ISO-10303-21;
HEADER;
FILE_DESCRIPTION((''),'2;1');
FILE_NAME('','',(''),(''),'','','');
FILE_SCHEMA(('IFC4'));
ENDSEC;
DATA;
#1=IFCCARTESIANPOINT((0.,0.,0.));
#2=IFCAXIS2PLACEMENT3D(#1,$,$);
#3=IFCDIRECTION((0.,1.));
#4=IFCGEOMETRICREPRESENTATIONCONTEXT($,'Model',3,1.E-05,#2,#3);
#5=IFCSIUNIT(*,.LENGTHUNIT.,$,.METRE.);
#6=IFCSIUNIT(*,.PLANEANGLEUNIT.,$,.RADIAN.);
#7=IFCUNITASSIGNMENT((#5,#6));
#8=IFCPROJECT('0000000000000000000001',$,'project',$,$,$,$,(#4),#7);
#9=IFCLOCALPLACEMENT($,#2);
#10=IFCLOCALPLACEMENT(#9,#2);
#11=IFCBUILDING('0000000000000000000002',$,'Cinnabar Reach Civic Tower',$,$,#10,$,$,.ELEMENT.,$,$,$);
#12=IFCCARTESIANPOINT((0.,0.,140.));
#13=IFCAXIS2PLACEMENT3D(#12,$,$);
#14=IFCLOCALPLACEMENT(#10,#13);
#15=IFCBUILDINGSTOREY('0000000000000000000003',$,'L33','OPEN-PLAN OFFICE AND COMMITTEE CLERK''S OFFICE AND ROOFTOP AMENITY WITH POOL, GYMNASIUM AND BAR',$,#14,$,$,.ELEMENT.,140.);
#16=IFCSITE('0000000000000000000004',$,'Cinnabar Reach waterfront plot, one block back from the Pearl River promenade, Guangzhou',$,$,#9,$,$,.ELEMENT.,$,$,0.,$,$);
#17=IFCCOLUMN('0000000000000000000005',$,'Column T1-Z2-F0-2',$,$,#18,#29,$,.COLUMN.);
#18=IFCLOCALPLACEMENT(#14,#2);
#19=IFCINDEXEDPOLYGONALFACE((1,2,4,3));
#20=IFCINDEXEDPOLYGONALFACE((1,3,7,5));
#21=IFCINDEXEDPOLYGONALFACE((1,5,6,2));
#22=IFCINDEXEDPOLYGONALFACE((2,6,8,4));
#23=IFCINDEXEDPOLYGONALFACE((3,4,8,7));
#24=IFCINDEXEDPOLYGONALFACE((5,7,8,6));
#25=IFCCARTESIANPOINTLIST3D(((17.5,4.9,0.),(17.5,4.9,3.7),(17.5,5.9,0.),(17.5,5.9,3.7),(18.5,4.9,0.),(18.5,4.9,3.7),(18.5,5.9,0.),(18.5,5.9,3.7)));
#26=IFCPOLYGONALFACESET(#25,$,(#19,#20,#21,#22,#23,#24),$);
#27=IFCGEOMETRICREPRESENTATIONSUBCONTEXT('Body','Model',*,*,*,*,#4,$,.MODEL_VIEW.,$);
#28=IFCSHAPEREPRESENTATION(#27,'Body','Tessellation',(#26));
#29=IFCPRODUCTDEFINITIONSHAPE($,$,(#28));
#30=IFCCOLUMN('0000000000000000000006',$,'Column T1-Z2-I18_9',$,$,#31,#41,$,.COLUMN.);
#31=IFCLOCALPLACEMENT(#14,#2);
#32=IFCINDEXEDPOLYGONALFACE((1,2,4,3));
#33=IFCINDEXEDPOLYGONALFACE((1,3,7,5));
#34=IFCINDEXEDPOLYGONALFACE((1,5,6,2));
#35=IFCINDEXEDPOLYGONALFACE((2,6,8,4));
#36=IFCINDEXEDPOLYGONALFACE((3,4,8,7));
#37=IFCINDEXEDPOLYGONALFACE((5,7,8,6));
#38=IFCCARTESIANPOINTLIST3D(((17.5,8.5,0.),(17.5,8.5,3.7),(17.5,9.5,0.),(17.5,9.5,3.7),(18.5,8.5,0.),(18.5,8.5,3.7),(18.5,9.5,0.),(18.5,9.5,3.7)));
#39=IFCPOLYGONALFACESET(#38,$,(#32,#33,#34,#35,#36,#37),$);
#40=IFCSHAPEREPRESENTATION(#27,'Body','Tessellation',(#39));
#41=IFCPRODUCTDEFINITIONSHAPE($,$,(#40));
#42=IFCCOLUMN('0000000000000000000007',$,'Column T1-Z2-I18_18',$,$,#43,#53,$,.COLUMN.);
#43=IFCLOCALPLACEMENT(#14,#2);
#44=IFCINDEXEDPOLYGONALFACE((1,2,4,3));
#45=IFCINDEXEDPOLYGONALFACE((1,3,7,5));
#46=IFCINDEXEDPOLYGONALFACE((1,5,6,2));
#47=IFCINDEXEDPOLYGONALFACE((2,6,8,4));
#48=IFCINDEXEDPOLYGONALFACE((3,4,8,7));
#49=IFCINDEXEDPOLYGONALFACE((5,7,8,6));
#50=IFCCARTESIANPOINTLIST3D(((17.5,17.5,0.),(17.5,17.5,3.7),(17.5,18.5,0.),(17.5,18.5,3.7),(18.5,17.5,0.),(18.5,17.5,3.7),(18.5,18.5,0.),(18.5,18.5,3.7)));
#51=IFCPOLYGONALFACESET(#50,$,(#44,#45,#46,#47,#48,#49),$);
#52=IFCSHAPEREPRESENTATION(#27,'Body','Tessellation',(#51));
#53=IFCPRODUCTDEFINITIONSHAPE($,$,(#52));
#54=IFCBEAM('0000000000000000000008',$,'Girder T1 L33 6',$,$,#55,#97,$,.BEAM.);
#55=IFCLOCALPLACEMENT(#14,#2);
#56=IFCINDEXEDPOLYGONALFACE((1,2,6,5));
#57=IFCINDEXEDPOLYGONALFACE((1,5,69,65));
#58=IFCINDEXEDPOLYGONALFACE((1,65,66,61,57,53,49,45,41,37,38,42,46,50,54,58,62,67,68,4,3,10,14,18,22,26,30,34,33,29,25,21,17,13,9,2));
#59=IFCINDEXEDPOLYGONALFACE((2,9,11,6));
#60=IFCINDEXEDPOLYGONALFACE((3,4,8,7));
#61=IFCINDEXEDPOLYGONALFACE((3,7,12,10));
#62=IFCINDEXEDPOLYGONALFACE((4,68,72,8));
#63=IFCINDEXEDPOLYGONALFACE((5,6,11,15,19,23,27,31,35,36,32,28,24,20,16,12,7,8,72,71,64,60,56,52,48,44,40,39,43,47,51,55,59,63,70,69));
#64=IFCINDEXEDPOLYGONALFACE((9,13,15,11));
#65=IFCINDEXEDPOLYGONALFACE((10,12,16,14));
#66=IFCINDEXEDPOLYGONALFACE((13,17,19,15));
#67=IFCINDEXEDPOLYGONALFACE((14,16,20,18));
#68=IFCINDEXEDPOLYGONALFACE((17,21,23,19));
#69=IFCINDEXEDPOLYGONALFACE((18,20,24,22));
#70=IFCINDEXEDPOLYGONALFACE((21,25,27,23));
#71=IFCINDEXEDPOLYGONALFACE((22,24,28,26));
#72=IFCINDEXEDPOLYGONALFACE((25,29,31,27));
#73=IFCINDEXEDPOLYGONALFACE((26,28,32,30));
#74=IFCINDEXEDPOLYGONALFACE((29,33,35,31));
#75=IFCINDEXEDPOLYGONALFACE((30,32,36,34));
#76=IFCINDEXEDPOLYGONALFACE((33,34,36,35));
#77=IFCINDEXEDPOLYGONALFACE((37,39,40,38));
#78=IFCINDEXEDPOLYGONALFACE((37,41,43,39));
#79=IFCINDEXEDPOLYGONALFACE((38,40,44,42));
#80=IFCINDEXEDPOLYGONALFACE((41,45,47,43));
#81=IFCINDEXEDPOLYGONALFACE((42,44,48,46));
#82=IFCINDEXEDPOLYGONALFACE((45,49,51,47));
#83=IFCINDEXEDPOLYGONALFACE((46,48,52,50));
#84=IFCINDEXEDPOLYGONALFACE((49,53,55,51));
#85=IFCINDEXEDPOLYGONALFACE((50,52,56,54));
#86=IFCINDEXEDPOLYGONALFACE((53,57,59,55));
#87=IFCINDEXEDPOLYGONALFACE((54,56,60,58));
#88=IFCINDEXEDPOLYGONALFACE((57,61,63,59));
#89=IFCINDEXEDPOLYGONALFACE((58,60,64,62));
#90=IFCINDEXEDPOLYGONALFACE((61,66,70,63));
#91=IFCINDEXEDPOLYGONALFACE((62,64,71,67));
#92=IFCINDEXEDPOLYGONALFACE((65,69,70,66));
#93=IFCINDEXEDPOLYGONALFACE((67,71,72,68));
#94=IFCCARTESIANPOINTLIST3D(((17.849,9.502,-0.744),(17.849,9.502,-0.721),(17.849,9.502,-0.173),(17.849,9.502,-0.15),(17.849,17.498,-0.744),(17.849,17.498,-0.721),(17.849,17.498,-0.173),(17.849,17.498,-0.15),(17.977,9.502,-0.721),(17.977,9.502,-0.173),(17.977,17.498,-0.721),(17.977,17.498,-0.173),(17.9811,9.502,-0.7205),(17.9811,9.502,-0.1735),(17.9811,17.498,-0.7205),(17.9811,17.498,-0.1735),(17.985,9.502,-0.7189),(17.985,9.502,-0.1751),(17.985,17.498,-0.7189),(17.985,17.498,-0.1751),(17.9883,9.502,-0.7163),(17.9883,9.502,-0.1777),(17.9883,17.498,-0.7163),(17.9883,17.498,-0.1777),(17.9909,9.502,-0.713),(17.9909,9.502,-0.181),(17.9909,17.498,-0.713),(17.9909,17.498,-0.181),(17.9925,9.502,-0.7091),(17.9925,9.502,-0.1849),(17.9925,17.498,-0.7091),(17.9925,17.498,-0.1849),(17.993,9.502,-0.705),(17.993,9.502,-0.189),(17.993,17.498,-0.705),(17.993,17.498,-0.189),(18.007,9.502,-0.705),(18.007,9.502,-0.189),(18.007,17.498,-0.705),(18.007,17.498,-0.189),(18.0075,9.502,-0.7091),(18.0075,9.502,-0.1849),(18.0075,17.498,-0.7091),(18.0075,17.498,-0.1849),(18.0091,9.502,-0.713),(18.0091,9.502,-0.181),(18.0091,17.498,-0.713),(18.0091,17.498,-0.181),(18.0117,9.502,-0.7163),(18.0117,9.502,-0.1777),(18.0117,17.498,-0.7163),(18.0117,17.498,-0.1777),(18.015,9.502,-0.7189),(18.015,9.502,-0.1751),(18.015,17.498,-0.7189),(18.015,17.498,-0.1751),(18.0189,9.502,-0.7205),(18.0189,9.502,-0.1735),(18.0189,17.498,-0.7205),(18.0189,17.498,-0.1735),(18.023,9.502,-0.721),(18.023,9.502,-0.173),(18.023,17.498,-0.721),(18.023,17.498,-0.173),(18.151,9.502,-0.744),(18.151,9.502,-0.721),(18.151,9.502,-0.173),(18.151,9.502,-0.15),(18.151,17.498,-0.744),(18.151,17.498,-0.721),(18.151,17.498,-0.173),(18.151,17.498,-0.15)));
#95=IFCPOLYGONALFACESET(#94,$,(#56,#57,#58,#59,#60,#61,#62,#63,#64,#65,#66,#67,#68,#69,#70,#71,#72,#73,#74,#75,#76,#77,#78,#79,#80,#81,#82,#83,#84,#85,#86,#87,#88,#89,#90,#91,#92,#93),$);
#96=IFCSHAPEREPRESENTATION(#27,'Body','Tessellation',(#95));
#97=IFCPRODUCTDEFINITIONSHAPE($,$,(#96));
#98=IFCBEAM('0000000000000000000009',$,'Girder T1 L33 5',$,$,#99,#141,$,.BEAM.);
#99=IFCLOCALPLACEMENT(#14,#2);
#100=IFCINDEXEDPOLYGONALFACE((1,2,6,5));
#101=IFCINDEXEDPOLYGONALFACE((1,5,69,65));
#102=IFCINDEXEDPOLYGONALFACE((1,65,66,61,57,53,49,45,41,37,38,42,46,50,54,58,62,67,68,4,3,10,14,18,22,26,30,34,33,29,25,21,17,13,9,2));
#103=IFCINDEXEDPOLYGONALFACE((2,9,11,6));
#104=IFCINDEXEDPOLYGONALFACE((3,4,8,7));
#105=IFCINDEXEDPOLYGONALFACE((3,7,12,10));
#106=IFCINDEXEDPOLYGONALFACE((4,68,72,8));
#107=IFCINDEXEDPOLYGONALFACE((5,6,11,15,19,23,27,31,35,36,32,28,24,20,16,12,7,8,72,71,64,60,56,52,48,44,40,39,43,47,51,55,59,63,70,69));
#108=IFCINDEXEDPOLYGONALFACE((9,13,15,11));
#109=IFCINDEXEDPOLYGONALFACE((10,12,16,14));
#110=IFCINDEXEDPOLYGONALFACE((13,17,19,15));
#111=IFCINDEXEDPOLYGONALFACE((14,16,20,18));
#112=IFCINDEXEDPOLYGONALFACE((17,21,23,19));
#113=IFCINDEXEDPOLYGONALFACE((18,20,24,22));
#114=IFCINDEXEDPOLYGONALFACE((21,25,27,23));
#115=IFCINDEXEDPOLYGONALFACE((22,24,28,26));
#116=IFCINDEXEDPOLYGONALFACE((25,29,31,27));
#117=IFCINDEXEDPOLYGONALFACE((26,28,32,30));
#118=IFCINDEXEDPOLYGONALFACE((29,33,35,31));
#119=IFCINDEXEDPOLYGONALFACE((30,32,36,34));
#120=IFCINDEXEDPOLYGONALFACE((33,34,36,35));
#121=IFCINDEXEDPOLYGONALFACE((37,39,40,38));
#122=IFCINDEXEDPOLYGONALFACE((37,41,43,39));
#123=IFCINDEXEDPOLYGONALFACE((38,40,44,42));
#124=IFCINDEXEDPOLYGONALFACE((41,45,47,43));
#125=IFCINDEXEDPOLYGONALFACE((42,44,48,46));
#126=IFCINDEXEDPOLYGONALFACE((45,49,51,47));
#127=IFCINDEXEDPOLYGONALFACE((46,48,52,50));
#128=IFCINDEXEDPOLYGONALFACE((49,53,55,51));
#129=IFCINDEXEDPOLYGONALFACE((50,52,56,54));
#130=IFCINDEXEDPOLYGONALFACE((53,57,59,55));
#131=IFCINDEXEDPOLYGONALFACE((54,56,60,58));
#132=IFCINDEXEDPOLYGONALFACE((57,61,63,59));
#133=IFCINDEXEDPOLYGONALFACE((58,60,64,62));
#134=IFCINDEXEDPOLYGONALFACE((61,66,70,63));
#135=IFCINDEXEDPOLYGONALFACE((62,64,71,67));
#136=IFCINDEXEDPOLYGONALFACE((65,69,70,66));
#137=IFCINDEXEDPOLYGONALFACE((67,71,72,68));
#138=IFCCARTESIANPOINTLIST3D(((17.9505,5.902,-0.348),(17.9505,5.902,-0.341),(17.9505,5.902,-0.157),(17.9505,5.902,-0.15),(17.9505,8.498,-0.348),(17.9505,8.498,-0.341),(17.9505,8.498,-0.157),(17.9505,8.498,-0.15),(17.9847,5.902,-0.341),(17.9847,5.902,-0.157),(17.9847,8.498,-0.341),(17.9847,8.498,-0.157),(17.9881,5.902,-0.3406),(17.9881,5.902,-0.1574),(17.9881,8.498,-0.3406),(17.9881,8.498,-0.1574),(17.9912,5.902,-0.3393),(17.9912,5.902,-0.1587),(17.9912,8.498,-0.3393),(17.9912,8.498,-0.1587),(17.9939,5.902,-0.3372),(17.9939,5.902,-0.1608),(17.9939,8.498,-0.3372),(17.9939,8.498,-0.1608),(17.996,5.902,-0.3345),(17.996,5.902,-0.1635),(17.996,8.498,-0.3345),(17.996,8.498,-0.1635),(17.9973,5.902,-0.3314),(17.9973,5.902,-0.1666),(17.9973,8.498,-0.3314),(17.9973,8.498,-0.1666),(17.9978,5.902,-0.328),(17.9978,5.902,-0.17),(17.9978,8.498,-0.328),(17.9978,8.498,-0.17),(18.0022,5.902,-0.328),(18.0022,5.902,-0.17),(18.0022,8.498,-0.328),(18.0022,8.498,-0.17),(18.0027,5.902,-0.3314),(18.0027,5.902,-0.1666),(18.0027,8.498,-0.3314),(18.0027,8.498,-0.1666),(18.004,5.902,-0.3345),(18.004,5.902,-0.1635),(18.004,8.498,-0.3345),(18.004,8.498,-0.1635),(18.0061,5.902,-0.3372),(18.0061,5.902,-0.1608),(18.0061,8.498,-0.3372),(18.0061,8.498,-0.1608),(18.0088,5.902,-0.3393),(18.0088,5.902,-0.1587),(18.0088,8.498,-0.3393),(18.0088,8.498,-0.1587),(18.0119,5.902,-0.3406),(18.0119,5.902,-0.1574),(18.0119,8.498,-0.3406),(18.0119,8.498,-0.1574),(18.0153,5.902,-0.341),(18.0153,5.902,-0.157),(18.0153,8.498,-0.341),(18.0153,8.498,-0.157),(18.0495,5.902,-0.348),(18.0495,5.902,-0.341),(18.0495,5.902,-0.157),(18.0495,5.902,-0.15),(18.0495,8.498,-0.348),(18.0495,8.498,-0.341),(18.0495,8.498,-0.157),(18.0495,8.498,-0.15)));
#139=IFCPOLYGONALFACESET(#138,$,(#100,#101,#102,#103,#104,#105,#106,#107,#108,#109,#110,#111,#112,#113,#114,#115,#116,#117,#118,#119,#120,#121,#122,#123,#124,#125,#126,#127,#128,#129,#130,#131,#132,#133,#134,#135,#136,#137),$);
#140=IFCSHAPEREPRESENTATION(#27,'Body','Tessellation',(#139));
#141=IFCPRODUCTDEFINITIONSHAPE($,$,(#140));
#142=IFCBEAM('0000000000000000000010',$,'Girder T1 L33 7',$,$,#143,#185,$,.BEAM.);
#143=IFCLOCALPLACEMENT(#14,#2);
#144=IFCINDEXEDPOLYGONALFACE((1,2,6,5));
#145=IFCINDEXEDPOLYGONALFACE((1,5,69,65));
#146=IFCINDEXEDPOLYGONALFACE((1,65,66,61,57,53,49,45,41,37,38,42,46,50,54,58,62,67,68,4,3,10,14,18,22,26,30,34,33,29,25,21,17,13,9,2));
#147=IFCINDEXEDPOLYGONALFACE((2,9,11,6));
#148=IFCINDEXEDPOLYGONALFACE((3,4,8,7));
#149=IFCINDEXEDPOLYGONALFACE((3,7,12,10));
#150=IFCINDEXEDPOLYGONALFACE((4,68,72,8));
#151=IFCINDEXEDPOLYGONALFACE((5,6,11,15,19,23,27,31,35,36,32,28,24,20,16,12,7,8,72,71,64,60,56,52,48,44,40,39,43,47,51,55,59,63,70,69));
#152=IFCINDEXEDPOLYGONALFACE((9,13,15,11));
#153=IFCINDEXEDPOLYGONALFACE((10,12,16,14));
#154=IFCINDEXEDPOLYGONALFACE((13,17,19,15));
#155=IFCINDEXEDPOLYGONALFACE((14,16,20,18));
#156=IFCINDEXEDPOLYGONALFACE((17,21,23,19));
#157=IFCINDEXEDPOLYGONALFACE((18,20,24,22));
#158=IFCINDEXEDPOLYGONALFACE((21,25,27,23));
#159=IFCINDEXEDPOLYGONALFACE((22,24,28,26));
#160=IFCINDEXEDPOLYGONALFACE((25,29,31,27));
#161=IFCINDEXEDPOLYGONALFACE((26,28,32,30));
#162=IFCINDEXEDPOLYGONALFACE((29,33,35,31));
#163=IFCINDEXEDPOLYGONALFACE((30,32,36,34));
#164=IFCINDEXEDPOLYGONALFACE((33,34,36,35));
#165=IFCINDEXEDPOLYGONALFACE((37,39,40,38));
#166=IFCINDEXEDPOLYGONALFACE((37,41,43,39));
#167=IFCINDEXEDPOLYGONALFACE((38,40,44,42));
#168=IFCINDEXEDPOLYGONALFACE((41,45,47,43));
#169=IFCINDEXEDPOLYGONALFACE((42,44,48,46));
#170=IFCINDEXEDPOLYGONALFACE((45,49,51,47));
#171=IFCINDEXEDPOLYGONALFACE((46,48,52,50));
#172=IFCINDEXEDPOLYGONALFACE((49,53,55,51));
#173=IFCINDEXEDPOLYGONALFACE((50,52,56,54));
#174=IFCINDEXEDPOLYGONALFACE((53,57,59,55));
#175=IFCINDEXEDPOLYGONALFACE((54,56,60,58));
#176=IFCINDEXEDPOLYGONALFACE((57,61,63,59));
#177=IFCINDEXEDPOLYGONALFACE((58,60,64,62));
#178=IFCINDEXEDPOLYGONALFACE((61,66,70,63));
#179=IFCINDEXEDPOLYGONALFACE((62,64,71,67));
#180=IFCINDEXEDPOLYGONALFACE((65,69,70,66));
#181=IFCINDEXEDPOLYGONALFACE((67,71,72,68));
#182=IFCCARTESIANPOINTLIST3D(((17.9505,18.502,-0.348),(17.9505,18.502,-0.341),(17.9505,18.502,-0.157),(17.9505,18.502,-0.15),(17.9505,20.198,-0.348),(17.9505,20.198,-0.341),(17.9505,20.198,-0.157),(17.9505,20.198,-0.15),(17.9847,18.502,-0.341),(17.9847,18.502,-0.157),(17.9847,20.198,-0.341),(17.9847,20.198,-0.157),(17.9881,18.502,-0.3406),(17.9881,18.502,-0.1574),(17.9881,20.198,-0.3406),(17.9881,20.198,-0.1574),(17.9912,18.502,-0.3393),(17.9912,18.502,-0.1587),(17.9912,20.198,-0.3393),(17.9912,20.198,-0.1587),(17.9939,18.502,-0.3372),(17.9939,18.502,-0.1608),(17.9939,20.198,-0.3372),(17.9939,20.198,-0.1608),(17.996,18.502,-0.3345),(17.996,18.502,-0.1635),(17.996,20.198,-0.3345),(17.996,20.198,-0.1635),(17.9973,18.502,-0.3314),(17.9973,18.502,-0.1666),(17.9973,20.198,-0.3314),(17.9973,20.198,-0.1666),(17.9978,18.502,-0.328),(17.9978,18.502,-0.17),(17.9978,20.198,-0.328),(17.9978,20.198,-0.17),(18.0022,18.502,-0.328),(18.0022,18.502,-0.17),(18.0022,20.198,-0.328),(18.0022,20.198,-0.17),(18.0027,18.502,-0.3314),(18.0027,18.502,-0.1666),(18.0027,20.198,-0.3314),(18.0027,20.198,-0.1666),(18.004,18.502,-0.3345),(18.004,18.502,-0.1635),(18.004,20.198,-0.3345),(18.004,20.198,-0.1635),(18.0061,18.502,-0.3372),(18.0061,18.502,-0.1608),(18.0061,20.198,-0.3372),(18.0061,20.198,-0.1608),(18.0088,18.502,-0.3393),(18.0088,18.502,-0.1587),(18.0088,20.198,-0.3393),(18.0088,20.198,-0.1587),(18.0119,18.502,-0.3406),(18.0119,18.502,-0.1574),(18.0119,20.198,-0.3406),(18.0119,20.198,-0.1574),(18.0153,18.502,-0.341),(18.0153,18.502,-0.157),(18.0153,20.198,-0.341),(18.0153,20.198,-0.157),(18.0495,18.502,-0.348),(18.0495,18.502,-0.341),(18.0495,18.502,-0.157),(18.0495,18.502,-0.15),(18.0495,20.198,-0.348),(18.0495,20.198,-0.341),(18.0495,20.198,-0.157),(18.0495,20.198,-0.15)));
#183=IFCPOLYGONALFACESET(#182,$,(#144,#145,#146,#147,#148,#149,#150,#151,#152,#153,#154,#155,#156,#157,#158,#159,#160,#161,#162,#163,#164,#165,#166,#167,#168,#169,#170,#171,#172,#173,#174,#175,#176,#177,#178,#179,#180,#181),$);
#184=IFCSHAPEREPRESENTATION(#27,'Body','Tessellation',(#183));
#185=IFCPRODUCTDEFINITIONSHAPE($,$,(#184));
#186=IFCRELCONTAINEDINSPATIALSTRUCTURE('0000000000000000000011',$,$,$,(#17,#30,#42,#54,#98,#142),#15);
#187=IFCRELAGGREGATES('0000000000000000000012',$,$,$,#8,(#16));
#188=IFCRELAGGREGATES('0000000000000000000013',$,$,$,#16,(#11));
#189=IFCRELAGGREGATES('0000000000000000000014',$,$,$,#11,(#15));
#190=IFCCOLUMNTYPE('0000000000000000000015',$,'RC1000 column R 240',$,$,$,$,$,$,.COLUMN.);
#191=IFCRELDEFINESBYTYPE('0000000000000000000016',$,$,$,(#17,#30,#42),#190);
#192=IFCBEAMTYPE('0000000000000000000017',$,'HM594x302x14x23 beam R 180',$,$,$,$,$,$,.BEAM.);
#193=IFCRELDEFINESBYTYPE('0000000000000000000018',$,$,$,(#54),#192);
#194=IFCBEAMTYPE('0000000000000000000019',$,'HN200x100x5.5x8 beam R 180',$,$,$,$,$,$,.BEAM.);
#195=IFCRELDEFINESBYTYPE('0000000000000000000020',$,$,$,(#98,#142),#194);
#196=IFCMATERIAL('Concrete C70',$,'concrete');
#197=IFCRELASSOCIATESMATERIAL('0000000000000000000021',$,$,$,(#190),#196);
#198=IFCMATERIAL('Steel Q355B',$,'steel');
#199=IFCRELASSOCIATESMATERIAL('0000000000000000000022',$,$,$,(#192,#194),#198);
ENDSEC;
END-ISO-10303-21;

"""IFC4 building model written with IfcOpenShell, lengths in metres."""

from ifc_helpers import new_model, si_unit, direction, frame, origin, origin_2d, place, context, subcontext, project, spatial, rectangle, i_section, extrude, material, material_profile, profile_set, type_object, element, save


model = new_model("IFC4")

# Units and contexts
model_context = context("Model", 3, precision=1e-05, world=origin(), true_north=direction((0.0, 1.0)))
body_context = subcontext(model_context, "Body", "Model", "MODEL_VIEW")
ifc_project = project(units=[si_unit("LENGTHUNIT", "METRE"), si_unit("PLANEANGLEUNIT", "RADIAN")], contexts=[model_context])

# Site, building, storey
site_placement = place(None, origin())
site = spatial("IfcSite", under=ifc_project, at=site_placement, Name="Cinnabar Reach waterfront plot, one block back from the Pearl River promenade, Guangzhou", CompositionType="ELEMENT", RefElevation=0.0)
building_placement = place(site_placement, origin())
building = spatial("IfcBuilding", under=site, at=building_placement, Name="Cinnabar Reach Civic Tower", CompositionType="ELEMENT")
storey_placement = place(building_placement, frame((0.0, 0.0, 140.0)))
storey = spatial("IfcBuildingStorey", under=building, at=storey_placement, Name="L33", Description="OPEN-PLAN OFFICE AND COMMITTEE CLERK'S OFFICE AND ROOFTOP AMENITY WITH POOL, GYMNASIUM AND BAR", CompositionType="ELEMENT", Elevation=140.0)

# Columns
ifc_material_1 = material(Name="Concrete C70", Category="concrete")
ifc_material_profile_1 = material_profile(ifc_material_1, rectangle(XDim=1.0, YDim=1.0, at=origin_2d()), Name="RC1000")
ifc_profile_set_1 = profile_set([ifc_material_profile_1], Name="Concrete C70")
column_type = type_object("IfcColumnType", Name="RC1000 column R 240", PredefinedType="COLUMN", material=ifc_profile_set_1)
for number, where, z_axis, x_axis, name in (
    (1, (18.0, 5.4, 0.0), (0.0, 0.0, 1.0), (1.0, 0.0, 0.0), "Column T1-Z2-F0-2"),
    (2, (18.0, 9.0, 0.0), (0.0, 0.0, 1.0), (1.0, 0.0, 0.0), "Column T1-Z2-I18_9"),
    (3, (18.0, 18.0, 0.0), (0.0, 0.0, 1.0), (1.0, 0.0, 0.0), "Column T1-Z2-I18_18"),
):
    element("IfcColumn", number, at=place(storey_placement, frame(where, z_axis=z_axis, x_axis=x_axis)), inside=storey, type_object=column_type, Name=name, PredefinedType="COLUMN", context=body_context, shape_type="SweptSolid", body=[
        extrude(rectangle(XDim=1.0, YDim=1.0, at=origin_2d()), origin(), (0.0, 0.0, 1.0), 3.7),
    ])

# Beams
ifc_material_2 = material(Name="Steel Q355B", Category="steel")
ifc_material_profile_2 = material_profile(ifc_material_2, i_section(OverallWidth=0.302, OverallDepth=0.594, WebThickness=0.014, FlangeThickness=0.023, FilletRadius=0.016, at=origin_2d()), Name="HM594x302x14x23")
ifc_profile_set_2 = profile_set([ifc_material_profile_2], Name="Steel Q355B")
beam_type_1 = type_object("IfcBeamType", Name="HM594x302x14x23 beam R 180", PredefinedType="BEAM", material=ifc_profile_set_2)
beam_1_placement = place(storey_placement, frame((18.0, 9.502, -0.447), z_axis=(0.0, 1.0, 0.0), x_axis=(-1.0, 0.0, 0.0)))
element("IfcBeam", 4, at=beam_1_placement, inside=storey, type_object=beam_type_1, Name="Girder T1 L33 6", PredefinedType="BEAM", context=body_context, shape_type="SweptSolid", body=[
    extrude(i_section(OverallWidth=0.302, OverallDepth=0.594, WebThickness=0.014, FlangeThickness=0.023, FilletRadius=0.016, at=origin_2d()), origin(), (0.0, 0.0, 1.0), 7.996),
])
ifc_material_profile_3 = material_profile(ifc_material_2, i_section(OverallWidth=0.099, OverallDepth=0.198, WebThickness=0.0045, FlangeThickness=0.007, FilletRadius=0.013, at=origin_2d()), Name="HN200x100x5.5x8")
ifc_profile_set_3 = profile_set([ifc_material_profile_3], Name="Steel Q355B")
beam_type_2 = type_object("IfcBeamType", Name="HN200x100x5.5x8 beam R 180", PredefinedType="BEAM", material=ifc_profile_set_3)
beam_2_placement = place(storey_placement, frame((18.0, 5.902, -0.249), z_axis=(0.0, 1.0, 0.0), x_axis=(-1.0, 0.0, 0.0)))
element("IfcBeam", 5, at=beam_2_placement, inside=storey, type_object=beam_type_2, Name="Girder T1 L33 5", PredefinedType="BEAM", context=body_context, shape_type="SweptSolid", body=[
    extrude(i_section(OverallWidth=0.099, OverallDepth=0.198, WebThickness=0.0045, FlangeThickness=0.007, FilletRadius=0.013, at=origin_2d()), origin(), (0.0, 0.0, 1.0), 2.596),
])
beam_3_placement = place(storey_placement, frame((18.0, 18.502, -0.249), z_axis=(0.0, 1.0, 0.0), x_axis=(-1.0, 0.0, 0.0)))
element("IfcBeam", 6, at=beam_3_placement, inside=storey, type_object=beam_type_2, Name="Girder T1 L33 7", PredefinedType="BEAM", context=body_context, shape_type="SweptSolid", body=[
    extrude(i_section(OverallWidth=0.099, OverallDepth=0.198, WebThickness=0.0045, FlangeThickness=0.007, FilletRadius=0.013, at=origin_2d()), origin(), (0.0, 0.0, 1.0), 1.696),
])

save(model, "model.ifc")
